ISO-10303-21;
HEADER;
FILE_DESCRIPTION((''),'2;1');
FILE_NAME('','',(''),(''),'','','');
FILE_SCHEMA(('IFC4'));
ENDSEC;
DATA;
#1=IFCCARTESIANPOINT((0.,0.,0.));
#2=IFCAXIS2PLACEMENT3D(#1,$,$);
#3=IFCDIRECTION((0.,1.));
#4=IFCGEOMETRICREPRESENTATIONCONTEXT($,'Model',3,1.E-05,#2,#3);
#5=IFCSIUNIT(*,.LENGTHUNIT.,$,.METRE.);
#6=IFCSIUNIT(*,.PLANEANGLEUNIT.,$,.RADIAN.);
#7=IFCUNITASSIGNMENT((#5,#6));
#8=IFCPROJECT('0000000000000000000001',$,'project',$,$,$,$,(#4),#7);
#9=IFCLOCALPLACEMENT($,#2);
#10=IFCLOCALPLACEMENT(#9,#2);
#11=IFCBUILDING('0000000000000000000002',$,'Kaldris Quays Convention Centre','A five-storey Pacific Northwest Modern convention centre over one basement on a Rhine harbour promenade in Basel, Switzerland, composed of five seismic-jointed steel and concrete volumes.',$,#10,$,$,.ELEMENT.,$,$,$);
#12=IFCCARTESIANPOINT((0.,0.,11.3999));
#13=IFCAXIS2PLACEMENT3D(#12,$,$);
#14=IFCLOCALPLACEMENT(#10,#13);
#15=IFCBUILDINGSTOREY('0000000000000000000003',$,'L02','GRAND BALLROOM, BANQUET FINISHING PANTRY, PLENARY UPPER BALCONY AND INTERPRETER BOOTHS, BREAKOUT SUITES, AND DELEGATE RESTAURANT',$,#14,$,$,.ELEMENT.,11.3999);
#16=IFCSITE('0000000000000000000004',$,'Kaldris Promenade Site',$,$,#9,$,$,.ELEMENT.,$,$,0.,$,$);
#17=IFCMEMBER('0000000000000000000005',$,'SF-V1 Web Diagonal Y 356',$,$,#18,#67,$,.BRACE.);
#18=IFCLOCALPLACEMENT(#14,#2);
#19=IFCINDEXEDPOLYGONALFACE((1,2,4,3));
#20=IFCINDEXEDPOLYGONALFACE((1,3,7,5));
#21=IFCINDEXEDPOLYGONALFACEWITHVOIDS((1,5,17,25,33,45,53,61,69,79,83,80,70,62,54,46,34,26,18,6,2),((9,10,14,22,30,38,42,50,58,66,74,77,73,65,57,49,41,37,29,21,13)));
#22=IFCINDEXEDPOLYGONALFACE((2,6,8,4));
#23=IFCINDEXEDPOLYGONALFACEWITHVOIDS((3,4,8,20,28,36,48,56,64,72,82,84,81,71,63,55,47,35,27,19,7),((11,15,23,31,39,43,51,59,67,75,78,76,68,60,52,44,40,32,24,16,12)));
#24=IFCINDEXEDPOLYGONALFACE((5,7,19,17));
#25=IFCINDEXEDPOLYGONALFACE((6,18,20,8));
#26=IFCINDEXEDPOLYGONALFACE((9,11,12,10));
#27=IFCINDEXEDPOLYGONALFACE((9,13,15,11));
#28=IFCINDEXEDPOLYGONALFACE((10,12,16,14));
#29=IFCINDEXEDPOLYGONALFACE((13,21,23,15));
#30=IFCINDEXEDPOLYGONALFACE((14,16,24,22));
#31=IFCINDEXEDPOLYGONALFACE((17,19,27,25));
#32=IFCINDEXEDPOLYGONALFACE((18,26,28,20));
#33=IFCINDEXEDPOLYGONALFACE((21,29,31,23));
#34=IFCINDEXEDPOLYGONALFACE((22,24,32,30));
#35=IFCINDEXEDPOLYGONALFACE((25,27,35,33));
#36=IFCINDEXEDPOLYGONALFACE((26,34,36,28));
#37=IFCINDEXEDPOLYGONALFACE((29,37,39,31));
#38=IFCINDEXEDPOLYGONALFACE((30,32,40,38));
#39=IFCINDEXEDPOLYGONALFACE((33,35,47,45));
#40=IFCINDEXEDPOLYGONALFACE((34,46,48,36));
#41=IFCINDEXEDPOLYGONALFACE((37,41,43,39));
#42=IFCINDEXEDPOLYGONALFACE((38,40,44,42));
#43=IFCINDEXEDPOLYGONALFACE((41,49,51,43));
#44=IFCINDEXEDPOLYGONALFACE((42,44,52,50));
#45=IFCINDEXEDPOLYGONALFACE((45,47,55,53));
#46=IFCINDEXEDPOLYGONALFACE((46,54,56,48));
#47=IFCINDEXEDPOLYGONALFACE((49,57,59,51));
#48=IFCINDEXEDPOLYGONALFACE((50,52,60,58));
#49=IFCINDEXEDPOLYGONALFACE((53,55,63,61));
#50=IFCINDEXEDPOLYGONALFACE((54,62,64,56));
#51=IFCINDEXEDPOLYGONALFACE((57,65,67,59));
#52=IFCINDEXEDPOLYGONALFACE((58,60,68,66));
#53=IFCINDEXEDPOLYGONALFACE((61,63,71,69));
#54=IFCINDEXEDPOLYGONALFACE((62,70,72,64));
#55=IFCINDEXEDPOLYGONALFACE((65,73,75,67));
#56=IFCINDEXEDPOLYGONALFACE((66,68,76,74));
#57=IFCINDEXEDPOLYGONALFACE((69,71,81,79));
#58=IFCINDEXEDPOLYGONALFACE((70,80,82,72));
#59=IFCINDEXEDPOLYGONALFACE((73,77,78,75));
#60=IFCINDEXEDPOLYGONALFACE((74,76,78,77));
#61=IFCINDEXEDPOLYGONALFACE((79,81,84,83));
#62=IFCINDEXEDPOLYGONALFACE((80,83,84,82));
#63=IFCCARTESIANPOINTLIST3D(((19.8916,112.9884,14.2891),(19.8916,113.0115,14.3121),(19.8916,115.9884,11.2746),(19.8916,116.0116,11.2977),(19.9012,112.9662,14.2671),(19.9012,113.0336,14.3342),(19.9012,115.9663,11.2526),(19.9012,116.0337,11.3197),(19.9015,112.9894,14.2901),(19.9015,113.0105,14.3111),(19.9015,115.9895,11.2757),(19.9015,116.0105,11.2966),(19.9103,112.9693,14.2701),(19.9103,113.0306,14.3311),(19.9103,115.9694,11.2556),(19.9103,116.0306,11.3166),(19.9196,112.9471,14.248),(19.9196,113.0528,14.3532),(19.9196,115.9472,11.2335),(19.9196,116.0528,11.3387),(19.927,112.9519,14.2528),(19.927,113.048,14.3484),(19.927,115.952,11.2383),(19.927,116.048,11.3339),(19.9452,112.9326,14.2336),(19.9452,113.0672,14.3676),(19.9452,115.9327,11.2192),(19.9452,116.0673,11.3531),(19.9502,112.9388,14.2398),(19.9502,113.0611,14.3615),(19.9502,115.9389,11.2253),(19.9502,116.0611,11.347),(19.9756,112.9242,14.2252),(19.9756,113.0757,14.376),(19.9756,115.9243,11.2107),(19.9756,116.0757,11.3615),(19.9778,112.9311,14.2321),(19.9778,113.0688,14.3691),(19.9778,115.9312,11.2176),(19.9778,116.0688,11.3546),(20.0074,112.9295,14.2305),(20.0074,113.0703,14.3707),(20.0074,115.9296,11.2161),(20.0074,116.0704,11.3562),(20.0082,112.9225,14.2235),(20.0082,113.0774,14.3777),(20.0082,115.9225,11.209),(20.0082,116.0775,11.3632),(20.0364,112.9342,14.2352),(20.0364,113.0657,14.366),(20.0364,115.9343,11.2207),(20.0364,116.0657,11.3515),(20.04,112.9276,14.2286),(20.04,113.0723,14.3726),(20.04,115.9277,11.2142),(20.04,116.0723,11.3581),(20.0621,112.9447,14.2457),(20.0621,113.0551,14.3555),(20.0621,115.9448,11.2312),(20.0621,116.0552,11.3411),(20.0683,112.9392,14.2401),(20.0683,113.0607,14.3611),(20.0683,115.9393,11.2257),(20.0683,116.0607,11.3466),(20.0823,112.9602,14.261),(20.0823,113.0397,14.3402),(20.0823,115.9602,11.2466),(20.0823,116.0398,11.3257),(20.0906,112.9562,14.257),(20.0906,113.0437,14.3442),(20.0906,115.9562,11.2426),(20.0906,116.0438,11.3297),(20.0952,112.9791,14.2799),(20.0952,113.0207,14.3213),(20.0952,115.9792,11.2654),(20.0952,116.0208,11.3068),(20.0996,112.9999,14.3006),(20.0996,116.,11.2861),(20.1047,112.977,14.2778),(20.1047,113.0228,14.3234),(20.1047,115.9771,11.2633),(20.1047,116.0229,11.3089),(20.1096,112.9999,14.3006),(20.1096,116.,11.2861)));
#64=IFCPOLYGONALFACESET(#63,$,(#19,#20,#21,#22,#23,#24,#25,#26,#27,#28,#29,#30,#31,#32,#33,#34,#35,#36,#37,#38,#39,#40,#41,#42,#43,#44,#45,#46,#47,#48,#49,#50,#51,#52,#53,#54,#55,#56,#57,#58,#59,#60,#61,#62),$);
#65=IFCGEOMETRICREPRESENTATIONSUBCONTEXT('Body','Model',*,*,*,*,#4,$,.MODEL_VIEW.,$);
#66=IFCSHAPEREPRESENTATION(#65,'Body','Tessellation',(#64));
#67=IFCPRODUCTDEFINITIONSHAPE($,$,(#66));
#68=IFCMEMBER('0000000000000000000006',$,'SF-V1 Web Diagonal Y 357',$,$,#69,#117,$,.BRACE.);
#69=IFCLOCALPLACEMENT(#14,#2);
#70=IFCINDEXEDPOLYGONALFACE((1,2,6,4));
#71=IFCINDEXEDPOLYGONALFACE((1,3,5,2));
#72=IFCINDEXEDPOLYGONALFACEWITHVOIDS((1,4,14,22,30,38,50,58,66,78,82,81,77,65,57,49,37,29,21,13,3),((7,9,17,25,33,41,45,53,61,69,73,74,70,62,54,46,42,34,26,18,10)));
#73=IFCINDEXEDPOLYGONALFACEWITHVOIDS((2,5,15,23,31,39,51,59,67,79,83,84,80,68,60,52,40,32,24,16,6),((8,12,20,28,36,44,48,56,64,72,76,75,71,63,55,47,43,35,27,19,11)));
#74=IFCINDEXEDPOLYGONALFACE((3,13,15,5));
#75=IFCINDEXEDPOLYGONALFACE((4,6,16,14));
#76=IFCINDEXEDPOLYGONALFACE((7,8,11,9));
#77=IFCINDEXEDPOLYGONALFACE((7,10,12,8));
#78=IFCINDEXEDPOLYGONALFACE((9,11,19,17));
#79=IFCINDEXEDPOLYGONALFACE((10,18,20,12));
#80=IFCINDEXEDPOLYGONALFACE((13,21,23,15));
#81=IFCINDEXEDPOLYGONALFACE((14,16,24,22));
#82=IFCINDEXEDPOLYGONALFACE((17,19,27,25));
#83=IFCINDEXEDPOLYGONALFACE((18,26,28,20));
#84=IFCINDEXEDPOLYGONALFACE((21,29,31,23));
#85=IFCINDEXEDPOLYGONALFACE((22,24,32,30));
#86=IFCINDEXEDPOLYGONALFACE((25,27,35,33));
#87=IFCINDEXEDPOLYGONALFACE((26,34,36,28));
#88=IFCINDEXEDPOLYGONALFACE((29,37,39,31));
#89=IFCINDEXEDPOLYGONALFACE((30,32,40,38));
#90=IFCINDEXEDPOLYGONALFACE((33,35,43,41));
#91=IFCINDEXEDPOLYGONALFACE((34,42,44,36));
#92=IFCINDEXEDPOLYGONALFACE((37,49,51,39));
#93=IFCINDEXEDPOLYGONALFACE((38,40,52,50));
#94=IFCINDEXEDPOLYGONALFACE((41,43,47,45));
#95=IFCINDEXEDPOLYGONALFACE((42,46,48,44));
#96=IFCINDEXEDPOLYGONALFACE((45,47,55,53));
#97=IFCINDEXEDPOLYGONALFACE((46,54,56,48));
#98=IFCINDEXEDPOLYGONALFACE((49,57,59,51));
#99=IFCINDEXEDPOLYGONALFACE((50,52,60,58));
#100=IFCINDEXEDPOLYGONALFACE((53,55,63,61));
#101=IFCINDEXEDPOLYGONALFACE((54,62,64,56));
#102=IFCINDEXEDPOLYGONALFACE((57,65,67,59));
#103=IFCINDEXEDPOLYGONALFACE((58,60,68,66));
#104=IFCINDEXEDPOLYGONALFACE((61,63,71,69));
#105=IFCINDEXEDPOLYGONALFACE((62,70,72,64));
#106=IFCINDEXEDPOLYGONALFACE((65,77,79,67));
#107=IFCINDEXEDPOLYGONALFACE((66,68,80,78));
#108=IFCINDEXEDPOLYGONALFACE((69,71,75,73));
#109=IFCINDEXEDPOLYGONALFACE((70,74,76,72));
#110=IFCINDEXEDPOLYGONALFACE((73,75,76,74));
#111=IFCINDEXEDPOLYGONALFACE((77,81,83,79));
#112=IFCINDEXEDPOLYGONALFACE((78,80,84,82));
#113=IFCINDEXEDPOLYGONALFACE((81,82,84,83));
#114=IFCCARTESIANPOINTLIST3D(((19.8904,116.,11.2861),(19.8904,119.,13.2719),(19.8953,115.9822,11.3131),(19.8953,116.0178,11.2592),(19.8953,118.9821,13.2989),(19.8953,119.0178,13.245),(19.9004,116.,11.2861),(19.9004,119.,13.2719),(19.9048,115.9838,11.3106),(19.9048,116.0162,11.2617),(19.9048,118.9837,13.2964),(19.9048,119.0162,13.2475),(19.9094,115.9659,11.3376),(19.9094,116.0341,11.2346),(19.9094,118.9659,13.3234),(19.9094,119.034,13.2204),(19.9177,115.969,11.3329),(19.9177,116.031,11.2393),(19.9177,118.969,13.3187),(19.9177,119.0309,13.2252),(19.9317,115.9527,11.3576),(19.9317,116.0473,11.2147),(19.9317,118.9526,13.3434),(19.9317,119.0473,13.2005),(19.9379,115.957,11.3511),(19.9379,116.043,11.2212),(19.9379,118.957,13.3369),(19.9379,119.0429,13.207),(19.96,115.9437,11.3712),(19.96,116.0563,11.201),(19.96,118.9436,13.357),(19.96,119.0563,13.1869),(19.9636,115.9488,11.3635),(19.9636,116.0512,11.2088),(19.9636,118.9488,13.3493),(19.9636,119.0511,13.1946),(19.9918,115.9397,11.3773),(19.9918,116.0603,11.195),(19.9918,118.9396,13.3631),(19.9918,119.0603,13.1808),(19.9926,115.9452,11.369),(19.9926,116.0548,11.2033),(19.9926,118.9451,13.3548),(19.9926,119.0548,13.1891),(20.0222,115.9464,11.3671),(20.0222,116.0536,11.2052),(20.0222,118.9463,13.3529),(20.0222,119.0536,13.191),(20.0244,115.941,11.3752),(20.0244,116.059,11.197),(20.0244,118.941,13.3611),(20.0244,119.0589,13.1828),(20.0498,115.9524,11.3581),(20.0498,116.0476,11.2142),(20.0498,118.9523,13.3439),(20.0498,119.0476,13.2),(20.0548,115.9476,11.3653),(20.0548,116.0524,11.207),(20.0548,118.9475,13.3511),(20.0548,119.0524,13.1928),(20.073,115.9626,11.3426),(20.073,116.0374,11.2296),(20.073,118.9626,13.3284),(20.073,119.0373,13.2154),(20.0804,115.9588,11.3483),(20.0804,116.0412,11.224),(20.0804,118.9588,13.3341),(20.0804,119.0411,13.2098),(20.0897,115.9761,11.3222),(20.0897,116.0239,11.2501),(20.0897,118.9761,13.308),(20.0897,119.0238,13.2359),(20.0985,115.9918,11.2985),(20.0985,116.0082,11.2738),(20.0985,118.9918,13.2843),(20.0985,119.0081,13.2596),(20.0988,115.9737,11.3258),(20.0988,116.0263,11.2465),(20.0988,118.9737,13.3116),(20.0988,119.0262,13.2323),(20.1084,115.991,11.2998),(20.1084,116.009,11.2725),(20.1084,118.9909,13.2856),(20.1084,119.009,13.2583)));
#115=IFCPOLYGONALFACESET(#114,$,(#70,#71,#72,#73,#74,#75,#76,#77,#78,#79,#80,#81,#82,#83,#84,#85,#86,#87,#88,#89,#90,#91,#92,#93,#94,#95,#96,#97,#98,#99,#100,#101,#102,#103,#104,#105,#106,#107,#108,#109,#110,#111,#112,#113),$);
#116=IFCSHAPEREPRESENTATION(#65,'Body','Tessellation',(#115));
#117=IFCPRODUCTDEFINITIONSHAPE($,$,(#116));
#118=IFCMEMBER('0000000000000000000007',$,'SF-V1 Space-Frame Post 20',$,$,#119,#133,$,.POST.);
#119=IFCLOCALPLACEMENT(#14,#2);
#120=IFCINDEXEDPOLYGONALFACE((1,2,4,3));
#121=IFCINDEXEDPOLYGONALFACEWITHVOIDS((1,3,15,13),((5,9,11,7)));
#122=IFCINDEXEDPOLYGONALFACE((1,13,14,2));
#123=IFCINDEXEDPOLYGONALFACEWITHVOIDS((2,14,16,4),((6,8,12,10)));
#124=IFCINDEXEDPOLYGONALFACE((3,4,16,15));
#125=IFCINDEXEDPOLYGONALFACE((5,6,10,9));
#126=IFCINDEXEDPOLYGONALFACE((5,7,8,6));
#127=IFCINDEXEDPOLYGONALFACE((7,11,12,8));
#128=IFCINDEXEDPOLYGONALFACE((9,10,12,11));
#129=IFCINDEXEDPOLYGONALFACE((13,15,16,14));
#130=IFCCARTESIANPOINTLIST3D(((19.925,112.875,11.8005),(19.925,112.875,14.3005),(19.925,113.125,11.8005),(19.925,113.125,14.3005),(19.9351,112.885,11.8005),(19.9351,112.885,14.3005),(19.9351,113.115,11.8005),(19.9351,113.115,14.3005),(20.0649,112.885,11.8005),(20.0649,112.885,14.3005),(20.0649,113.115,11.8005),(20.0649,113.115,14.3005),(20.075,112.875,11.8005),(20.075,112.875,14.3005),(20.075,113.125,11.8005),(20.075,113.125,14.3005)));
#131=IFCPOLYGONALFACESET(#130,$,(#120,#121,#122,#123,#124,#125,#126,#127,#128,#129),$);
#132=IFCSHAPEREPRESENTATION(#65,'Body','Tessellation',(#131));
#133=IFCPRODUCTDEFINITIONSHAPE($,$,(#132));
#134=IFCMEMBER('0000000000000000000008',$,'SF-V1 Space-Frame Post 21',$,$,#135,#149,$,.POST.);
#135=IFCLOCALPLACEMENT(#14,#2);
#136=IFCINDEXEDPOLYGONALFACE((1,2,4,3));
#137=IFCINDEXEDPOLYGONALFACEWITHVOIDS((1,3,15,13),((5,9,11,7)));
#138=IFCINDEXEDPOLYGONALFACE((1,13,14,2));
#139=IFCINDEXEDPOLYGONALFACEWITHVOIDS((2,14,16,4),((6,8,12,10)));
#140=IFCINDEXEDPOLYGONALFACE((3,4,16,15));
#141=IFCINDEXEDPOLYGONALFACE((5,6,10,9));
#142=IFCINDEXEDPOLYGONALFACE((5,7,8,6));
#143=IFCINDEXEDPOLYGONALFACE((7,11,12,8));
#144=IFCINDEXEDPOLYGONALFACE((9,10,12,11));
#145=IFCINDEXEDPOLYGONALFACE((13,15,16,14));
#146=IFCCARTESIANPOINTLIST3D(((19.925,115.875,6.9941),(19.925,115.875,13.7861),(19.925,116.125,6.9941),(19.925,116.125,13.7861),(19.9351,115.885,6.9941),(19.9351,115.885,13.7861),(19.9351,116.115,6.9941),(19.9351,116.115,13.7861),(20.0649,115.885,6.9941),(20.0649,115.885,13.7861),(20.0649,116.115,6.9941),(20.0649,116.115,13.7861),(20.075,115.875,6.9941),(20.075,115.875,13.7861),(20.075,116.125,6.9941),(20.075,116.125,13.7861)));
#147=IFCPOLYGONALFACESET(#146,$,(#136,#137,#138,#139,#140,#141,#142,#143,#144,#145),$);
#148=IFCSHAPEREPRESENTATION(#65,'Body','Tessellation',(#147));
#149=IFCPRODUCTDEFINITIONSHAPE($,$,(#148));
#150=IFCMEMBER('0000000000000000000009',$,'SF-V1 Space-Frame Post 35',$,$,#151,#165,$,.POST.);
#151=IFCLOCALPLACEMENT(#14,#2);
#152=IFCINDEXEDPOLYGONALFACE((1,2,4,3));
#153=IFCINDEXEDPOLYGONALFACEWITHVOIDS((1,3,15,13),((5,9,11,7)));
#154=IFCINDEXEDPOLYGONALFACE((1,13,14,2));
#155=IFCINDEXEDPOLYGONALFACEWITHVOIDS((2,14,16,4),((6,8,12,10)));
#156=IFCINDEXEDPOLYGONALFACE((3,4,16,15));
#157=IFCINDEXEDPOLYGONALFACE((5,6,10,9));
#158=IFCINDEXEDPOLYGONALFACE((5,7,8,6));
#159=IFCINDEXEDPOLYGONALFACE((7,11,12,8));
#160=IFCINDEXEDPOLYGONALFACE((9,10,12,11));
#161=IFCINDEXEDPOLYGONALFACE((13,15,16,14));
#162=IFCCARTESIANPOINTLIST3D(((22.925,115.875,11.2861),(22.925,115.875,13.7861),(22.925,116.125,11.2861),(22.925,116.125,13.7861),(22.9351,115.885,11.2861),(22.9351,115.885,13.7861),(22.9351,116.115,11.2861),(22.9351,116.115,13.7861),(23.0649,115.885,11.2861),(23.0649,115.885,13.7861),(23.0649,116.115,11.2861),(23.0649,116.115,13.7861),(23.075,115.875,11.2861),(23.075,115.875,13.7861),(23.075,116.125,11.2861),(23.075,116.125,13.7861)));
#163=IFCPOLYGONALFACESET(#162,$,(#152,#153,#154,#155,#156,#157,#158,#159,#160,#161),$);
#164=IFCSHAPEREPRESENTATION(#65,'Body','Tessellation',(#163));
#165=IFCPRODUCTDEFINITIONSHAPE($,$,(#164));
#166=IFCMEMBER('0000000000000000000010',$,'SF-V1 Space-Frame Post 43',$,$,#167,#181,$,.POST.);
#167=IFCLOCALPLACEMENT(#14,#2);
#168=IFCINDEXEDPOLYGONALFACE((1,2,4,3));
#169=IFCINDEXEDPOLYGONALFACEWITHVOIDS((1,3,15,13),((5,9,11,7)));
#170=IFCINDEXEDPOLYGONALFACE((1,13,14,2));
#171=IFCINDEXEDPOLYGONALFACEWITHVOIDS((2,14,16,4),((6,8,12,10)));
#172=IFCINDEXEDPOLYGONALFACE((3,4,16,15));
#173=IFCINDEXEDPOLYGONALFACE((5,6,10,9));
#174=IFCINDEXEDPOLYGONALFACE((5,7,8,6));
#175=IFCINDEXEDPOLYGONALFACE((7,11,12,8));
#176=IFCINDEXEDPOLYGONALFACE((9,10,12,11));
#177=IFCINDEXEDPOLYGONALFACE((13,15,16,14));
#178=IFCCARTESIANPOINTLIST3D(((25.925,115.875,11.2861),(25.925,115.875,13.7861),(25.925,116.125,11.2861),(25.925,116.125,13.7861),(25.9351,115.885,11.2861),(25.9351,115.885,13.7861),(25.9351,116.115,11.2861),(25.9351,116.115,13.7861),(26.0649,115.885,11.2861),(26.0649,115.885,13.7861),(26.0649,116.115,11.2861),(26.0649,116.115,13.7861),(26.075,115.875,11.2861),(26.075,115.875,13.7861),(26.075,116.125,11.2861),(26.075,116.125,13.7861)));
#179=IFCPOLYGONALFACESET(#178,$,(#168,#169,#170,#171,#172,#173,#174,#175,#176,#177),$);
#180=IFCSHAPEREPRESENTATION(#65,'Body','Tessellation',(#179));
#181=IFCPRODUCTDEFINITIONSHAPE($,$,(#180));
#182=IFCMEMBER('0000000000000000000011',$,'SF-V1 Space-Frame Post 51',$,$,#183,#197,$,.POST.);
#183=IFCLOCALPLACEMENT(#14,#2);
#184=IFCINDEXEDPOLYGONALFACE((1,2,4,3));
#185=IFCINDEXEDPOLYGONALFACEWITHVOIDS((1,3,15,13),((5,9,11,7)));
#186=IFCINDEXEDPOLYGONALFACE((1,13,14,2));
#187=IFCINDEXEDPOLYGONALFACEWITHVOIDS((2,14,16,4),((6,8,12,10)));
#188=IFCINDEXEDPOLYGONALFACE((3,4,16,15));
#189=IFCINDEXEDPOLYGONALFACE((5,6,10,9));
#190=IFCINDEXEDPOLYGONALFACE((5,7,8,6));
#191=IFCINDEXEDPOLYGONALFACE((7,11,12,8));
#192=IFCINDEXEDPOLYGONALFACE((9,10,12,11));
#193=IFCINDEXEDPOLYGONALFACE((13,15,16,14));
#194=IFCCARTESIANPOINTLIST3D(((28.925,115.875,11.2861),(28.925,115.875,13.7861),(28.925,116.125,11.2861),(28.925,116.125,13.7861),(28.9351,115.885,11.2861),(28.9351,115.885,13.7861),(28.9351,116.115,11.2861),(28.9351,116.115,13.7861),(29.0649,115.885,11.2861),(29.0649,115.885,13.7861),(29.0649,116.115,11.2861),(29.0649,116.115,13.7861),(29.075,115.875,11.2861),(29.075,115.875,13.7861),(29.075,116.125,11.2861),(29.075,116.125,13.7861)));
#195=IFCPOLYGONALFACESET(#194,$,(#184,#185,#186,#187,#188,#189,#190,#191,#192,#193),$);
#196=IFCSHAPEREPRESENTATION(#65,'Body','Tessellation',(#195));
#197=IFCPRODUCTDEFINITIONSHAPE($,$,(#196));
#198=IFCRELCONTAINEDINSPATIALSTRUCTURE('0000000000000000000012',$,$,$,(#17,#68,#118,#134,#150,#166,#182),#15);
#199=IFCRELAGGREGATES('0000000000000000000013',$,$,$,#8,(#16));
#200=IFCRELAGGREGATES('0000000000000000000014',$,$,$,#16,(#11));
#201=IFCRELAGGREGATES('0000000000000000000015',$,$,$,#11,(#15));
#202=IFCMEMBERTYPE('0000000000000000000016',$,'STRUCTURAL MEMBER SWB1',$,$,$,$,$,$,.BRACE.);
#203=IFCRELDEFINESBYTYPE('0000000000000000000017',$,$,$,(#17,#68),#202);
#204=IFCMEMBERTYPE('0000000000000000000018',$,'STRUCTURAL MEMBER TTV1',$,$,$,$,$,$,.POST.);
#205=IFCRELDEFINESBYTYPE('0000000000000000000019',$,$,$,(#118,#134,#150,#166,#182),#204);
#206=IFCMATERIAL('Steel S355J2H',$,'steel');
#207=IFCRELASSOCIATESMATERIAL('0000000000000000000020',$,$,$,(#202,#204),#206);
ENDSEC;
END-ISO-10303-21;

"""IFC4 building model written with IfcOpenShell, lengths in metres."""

from ifc_helpers import new_model, si_unit, direction, frame, origin, origin_2d, place, context, subcontext, project, spatial, hollow_rectangle, hollow_circle, extrude, material, material_profile, profile_set, type_object, element, save


model = new_model("IFC4")

# Units and contexts
model_context = context("Model", 3, precision=1e-05, world=origin(), true_north=direction((0.0, 1.0)))
body_context = subcontext(model_context, "Body", "Model", "MODEL_VIEW")
ifc_project = project(units=[si_unit("LENGTHUNIT", "METRE"), si_unit("PLANEANGLEUNIT", "RADIAN")], contexts=[model_context])

# Site, building, storey
site_placement = place(None, origin())
site = spatial("IfcSite", under=ifc_project, at=site_placement, Name="Kaldris Promenade Site", CompositionType="ELEMENT", RefElevation=0.0)
building_placement = place(site_placement, origin())
building = spatial("IfcBuilding", under=site, at=building_placement, Name="Kaldris Quays Convention Centre", Description="A five-storey Pacific Northwest Modern convention centre over one basement on a Rhine harbour promenade in Basel, Switzerland, composed of five seismic-jointed steel and concrete volumes.", CompositionType="ELEMENT")
storey_placement = place(building_placement, frame((0.0, 0.0, 11.3999)))
storey = spatial("IfcBuildingStorey", under=building, at=storey_placement, Name="L02", Description="GRAND BALLROOM, BANQUET FINISHING PANTRY, PLENARY UPPER BALCONY AND INTERPRETER BOOTHS, BREAKOUT SUITES, AND DELEGATE RESTAURANT", CompositionType="ELEMENT", Elevation=11.3999)

# Members
ifc_material_1 = material(Name="Steel S355J2H", Category="steel")
ifc_material_profile_1 = material_profile(ifc_material_1, hollow_circle(Radius=0.1096, WallThickness=0.01, at=origin_2d()), Name="CHS 219.1x10")
ifc_profile_set_1 = profile_set([ifc_material_profile_1], Name="Steel S355J2H")
member_type_1 = type_object("IfcMemberType", Name="STRUCTURAL MEMBER SWB1", PredefinedType="BRACE", material=ifc_profile_set_1)
member_1_placement = place(storey_placement, frame((20.0, 116.0, 11.2861), z_axis=(0.0, -0.705411, 0.708798), x_axis=(1.0, 0.0, 0.0)))
element("IfcMember", 1, at=member_1_placement, inside=storey, type_object=member_type_1, Name="SF-V1 Web Diagonal Y 356", PredefinedType="BRACE", context=body_context, shape_type="SweptSolid", body=[
    extrude(hollow_circle(Radius=0.1096, WallThickness=0.01, at=origin_2d()), origin(), (0.0, 0.0, 1.0), 4.2529),
])
member_2_placement = place(storey_placement, frame((20.0, 116.0, 11.2861), z_axis=(0.0, 0.833862, 0.551972), x_axis=(-1.0, 0.0, 0.0)))
element("IfcMember", 2, at=member_2_placement, inside=storey, type_object=member_type_1, Name="SF-V1 Web Diagonal Y 357", PredefinedType="BRACE", context=body_context, shape_type="SweptSolid", body=[
    extrude(hollow_circle(Radius=0.1096, WallThickness=0.01, at=origin_2d()), origin(), (0.0, 0.0, 1.0), 3.5977),
])
ifc_material_profile_2 = material_profile(ifc_material_1, hollow_rectangle(XDim=0.1499, YDim=0.25, WallThickness=0.01, at=origin_2d()), Name="RHS 250x150x10")
ifc_profile_set_2 = profile_set([ifc_material_profile_2], Name="Steel S355J2H")
member_type_2 = type_object("IfcMemberType", Name="STRUCTURAL MEMBER TTV1", PredefinedType="POST", material=ifc_profile_set_2)
member_3_placement = place(storey_placement, frame((20.0, 113.0, 11.8005), z_axis=(0.0, 0.0, 1.0), x_axis=(1.0, 0.0, 0.0)))
element("IfcMember", 3, at=member_3_placement, inside=storey, type_object=member_type_2, Name="SF-V1 Space-Frame Post 20", PredefinedType="POST", context=body_context, shape_type="SweptSolid", body=[
    extrude(hollow_rectangle(XDim=0.1499, YDim=0.25, WallThickness=0.01, at=origin_2d()), origin(), (0.0, 0.0, 1.0), 2.5),
])
member_4_placement = place(storey_placement, frame((20.0, 116.0, 6.9941), z_axis=(0.0, 0.0, 1.0), x_axis=(1.0, 0.0, 0.0)))
element("IfcMember", 4, at=member_4_placement, inside=storey, type_object=member_type_2, Name="SF-V1 Space-Frame Post 21", PredefinedType="POST", context=body_context, shape_type="SweptSolid", body=[
    extrude(hollow_rectangle(XDim=0.1499, YDim=0.25, WallThickness=0.01, at=origin_2d()), origin(), (0.0, 0.0, 1.0), 6.792),
])
for number, where, z_axis, x_axis, name in (
    (5, (23.0, 116.0, 11.2861), (0.0, 0.0, 1.0), (1.0, 0.0, 0.0), "SF-V1 Space-Frame Post 35"),
    (6, (26.0, 116.0, 11.2861), (0.0, 0.0, 1.0), (1.0, 0.0, 0.0), "SF-V1 Space-Frame Post 43"),
    (7, (29.0, 116.0, 11.2861), (0.0, 0.0, 1.0), (1.0, 0.0, 0.0), "SF-V1 Space-Frame Post 51"),
):
    element("IfcMember", number, at=place(storey_placement, frame(where, z_axis=z_axis, x_axis=x_axis)), inside=storey, type_object=member_type_2, Name=name, PredefinedType="POST", context=body_context, shape_type="SweptSolid", body=[
        extrude(hollow_rectangle(XDim=0.1499, YDim=0.25, WallThickness=0.01, at=origin_2d()), origin(), (0.0, 0.0, 1.0), 2.5),
    ])

save(model, "model.ifc")
